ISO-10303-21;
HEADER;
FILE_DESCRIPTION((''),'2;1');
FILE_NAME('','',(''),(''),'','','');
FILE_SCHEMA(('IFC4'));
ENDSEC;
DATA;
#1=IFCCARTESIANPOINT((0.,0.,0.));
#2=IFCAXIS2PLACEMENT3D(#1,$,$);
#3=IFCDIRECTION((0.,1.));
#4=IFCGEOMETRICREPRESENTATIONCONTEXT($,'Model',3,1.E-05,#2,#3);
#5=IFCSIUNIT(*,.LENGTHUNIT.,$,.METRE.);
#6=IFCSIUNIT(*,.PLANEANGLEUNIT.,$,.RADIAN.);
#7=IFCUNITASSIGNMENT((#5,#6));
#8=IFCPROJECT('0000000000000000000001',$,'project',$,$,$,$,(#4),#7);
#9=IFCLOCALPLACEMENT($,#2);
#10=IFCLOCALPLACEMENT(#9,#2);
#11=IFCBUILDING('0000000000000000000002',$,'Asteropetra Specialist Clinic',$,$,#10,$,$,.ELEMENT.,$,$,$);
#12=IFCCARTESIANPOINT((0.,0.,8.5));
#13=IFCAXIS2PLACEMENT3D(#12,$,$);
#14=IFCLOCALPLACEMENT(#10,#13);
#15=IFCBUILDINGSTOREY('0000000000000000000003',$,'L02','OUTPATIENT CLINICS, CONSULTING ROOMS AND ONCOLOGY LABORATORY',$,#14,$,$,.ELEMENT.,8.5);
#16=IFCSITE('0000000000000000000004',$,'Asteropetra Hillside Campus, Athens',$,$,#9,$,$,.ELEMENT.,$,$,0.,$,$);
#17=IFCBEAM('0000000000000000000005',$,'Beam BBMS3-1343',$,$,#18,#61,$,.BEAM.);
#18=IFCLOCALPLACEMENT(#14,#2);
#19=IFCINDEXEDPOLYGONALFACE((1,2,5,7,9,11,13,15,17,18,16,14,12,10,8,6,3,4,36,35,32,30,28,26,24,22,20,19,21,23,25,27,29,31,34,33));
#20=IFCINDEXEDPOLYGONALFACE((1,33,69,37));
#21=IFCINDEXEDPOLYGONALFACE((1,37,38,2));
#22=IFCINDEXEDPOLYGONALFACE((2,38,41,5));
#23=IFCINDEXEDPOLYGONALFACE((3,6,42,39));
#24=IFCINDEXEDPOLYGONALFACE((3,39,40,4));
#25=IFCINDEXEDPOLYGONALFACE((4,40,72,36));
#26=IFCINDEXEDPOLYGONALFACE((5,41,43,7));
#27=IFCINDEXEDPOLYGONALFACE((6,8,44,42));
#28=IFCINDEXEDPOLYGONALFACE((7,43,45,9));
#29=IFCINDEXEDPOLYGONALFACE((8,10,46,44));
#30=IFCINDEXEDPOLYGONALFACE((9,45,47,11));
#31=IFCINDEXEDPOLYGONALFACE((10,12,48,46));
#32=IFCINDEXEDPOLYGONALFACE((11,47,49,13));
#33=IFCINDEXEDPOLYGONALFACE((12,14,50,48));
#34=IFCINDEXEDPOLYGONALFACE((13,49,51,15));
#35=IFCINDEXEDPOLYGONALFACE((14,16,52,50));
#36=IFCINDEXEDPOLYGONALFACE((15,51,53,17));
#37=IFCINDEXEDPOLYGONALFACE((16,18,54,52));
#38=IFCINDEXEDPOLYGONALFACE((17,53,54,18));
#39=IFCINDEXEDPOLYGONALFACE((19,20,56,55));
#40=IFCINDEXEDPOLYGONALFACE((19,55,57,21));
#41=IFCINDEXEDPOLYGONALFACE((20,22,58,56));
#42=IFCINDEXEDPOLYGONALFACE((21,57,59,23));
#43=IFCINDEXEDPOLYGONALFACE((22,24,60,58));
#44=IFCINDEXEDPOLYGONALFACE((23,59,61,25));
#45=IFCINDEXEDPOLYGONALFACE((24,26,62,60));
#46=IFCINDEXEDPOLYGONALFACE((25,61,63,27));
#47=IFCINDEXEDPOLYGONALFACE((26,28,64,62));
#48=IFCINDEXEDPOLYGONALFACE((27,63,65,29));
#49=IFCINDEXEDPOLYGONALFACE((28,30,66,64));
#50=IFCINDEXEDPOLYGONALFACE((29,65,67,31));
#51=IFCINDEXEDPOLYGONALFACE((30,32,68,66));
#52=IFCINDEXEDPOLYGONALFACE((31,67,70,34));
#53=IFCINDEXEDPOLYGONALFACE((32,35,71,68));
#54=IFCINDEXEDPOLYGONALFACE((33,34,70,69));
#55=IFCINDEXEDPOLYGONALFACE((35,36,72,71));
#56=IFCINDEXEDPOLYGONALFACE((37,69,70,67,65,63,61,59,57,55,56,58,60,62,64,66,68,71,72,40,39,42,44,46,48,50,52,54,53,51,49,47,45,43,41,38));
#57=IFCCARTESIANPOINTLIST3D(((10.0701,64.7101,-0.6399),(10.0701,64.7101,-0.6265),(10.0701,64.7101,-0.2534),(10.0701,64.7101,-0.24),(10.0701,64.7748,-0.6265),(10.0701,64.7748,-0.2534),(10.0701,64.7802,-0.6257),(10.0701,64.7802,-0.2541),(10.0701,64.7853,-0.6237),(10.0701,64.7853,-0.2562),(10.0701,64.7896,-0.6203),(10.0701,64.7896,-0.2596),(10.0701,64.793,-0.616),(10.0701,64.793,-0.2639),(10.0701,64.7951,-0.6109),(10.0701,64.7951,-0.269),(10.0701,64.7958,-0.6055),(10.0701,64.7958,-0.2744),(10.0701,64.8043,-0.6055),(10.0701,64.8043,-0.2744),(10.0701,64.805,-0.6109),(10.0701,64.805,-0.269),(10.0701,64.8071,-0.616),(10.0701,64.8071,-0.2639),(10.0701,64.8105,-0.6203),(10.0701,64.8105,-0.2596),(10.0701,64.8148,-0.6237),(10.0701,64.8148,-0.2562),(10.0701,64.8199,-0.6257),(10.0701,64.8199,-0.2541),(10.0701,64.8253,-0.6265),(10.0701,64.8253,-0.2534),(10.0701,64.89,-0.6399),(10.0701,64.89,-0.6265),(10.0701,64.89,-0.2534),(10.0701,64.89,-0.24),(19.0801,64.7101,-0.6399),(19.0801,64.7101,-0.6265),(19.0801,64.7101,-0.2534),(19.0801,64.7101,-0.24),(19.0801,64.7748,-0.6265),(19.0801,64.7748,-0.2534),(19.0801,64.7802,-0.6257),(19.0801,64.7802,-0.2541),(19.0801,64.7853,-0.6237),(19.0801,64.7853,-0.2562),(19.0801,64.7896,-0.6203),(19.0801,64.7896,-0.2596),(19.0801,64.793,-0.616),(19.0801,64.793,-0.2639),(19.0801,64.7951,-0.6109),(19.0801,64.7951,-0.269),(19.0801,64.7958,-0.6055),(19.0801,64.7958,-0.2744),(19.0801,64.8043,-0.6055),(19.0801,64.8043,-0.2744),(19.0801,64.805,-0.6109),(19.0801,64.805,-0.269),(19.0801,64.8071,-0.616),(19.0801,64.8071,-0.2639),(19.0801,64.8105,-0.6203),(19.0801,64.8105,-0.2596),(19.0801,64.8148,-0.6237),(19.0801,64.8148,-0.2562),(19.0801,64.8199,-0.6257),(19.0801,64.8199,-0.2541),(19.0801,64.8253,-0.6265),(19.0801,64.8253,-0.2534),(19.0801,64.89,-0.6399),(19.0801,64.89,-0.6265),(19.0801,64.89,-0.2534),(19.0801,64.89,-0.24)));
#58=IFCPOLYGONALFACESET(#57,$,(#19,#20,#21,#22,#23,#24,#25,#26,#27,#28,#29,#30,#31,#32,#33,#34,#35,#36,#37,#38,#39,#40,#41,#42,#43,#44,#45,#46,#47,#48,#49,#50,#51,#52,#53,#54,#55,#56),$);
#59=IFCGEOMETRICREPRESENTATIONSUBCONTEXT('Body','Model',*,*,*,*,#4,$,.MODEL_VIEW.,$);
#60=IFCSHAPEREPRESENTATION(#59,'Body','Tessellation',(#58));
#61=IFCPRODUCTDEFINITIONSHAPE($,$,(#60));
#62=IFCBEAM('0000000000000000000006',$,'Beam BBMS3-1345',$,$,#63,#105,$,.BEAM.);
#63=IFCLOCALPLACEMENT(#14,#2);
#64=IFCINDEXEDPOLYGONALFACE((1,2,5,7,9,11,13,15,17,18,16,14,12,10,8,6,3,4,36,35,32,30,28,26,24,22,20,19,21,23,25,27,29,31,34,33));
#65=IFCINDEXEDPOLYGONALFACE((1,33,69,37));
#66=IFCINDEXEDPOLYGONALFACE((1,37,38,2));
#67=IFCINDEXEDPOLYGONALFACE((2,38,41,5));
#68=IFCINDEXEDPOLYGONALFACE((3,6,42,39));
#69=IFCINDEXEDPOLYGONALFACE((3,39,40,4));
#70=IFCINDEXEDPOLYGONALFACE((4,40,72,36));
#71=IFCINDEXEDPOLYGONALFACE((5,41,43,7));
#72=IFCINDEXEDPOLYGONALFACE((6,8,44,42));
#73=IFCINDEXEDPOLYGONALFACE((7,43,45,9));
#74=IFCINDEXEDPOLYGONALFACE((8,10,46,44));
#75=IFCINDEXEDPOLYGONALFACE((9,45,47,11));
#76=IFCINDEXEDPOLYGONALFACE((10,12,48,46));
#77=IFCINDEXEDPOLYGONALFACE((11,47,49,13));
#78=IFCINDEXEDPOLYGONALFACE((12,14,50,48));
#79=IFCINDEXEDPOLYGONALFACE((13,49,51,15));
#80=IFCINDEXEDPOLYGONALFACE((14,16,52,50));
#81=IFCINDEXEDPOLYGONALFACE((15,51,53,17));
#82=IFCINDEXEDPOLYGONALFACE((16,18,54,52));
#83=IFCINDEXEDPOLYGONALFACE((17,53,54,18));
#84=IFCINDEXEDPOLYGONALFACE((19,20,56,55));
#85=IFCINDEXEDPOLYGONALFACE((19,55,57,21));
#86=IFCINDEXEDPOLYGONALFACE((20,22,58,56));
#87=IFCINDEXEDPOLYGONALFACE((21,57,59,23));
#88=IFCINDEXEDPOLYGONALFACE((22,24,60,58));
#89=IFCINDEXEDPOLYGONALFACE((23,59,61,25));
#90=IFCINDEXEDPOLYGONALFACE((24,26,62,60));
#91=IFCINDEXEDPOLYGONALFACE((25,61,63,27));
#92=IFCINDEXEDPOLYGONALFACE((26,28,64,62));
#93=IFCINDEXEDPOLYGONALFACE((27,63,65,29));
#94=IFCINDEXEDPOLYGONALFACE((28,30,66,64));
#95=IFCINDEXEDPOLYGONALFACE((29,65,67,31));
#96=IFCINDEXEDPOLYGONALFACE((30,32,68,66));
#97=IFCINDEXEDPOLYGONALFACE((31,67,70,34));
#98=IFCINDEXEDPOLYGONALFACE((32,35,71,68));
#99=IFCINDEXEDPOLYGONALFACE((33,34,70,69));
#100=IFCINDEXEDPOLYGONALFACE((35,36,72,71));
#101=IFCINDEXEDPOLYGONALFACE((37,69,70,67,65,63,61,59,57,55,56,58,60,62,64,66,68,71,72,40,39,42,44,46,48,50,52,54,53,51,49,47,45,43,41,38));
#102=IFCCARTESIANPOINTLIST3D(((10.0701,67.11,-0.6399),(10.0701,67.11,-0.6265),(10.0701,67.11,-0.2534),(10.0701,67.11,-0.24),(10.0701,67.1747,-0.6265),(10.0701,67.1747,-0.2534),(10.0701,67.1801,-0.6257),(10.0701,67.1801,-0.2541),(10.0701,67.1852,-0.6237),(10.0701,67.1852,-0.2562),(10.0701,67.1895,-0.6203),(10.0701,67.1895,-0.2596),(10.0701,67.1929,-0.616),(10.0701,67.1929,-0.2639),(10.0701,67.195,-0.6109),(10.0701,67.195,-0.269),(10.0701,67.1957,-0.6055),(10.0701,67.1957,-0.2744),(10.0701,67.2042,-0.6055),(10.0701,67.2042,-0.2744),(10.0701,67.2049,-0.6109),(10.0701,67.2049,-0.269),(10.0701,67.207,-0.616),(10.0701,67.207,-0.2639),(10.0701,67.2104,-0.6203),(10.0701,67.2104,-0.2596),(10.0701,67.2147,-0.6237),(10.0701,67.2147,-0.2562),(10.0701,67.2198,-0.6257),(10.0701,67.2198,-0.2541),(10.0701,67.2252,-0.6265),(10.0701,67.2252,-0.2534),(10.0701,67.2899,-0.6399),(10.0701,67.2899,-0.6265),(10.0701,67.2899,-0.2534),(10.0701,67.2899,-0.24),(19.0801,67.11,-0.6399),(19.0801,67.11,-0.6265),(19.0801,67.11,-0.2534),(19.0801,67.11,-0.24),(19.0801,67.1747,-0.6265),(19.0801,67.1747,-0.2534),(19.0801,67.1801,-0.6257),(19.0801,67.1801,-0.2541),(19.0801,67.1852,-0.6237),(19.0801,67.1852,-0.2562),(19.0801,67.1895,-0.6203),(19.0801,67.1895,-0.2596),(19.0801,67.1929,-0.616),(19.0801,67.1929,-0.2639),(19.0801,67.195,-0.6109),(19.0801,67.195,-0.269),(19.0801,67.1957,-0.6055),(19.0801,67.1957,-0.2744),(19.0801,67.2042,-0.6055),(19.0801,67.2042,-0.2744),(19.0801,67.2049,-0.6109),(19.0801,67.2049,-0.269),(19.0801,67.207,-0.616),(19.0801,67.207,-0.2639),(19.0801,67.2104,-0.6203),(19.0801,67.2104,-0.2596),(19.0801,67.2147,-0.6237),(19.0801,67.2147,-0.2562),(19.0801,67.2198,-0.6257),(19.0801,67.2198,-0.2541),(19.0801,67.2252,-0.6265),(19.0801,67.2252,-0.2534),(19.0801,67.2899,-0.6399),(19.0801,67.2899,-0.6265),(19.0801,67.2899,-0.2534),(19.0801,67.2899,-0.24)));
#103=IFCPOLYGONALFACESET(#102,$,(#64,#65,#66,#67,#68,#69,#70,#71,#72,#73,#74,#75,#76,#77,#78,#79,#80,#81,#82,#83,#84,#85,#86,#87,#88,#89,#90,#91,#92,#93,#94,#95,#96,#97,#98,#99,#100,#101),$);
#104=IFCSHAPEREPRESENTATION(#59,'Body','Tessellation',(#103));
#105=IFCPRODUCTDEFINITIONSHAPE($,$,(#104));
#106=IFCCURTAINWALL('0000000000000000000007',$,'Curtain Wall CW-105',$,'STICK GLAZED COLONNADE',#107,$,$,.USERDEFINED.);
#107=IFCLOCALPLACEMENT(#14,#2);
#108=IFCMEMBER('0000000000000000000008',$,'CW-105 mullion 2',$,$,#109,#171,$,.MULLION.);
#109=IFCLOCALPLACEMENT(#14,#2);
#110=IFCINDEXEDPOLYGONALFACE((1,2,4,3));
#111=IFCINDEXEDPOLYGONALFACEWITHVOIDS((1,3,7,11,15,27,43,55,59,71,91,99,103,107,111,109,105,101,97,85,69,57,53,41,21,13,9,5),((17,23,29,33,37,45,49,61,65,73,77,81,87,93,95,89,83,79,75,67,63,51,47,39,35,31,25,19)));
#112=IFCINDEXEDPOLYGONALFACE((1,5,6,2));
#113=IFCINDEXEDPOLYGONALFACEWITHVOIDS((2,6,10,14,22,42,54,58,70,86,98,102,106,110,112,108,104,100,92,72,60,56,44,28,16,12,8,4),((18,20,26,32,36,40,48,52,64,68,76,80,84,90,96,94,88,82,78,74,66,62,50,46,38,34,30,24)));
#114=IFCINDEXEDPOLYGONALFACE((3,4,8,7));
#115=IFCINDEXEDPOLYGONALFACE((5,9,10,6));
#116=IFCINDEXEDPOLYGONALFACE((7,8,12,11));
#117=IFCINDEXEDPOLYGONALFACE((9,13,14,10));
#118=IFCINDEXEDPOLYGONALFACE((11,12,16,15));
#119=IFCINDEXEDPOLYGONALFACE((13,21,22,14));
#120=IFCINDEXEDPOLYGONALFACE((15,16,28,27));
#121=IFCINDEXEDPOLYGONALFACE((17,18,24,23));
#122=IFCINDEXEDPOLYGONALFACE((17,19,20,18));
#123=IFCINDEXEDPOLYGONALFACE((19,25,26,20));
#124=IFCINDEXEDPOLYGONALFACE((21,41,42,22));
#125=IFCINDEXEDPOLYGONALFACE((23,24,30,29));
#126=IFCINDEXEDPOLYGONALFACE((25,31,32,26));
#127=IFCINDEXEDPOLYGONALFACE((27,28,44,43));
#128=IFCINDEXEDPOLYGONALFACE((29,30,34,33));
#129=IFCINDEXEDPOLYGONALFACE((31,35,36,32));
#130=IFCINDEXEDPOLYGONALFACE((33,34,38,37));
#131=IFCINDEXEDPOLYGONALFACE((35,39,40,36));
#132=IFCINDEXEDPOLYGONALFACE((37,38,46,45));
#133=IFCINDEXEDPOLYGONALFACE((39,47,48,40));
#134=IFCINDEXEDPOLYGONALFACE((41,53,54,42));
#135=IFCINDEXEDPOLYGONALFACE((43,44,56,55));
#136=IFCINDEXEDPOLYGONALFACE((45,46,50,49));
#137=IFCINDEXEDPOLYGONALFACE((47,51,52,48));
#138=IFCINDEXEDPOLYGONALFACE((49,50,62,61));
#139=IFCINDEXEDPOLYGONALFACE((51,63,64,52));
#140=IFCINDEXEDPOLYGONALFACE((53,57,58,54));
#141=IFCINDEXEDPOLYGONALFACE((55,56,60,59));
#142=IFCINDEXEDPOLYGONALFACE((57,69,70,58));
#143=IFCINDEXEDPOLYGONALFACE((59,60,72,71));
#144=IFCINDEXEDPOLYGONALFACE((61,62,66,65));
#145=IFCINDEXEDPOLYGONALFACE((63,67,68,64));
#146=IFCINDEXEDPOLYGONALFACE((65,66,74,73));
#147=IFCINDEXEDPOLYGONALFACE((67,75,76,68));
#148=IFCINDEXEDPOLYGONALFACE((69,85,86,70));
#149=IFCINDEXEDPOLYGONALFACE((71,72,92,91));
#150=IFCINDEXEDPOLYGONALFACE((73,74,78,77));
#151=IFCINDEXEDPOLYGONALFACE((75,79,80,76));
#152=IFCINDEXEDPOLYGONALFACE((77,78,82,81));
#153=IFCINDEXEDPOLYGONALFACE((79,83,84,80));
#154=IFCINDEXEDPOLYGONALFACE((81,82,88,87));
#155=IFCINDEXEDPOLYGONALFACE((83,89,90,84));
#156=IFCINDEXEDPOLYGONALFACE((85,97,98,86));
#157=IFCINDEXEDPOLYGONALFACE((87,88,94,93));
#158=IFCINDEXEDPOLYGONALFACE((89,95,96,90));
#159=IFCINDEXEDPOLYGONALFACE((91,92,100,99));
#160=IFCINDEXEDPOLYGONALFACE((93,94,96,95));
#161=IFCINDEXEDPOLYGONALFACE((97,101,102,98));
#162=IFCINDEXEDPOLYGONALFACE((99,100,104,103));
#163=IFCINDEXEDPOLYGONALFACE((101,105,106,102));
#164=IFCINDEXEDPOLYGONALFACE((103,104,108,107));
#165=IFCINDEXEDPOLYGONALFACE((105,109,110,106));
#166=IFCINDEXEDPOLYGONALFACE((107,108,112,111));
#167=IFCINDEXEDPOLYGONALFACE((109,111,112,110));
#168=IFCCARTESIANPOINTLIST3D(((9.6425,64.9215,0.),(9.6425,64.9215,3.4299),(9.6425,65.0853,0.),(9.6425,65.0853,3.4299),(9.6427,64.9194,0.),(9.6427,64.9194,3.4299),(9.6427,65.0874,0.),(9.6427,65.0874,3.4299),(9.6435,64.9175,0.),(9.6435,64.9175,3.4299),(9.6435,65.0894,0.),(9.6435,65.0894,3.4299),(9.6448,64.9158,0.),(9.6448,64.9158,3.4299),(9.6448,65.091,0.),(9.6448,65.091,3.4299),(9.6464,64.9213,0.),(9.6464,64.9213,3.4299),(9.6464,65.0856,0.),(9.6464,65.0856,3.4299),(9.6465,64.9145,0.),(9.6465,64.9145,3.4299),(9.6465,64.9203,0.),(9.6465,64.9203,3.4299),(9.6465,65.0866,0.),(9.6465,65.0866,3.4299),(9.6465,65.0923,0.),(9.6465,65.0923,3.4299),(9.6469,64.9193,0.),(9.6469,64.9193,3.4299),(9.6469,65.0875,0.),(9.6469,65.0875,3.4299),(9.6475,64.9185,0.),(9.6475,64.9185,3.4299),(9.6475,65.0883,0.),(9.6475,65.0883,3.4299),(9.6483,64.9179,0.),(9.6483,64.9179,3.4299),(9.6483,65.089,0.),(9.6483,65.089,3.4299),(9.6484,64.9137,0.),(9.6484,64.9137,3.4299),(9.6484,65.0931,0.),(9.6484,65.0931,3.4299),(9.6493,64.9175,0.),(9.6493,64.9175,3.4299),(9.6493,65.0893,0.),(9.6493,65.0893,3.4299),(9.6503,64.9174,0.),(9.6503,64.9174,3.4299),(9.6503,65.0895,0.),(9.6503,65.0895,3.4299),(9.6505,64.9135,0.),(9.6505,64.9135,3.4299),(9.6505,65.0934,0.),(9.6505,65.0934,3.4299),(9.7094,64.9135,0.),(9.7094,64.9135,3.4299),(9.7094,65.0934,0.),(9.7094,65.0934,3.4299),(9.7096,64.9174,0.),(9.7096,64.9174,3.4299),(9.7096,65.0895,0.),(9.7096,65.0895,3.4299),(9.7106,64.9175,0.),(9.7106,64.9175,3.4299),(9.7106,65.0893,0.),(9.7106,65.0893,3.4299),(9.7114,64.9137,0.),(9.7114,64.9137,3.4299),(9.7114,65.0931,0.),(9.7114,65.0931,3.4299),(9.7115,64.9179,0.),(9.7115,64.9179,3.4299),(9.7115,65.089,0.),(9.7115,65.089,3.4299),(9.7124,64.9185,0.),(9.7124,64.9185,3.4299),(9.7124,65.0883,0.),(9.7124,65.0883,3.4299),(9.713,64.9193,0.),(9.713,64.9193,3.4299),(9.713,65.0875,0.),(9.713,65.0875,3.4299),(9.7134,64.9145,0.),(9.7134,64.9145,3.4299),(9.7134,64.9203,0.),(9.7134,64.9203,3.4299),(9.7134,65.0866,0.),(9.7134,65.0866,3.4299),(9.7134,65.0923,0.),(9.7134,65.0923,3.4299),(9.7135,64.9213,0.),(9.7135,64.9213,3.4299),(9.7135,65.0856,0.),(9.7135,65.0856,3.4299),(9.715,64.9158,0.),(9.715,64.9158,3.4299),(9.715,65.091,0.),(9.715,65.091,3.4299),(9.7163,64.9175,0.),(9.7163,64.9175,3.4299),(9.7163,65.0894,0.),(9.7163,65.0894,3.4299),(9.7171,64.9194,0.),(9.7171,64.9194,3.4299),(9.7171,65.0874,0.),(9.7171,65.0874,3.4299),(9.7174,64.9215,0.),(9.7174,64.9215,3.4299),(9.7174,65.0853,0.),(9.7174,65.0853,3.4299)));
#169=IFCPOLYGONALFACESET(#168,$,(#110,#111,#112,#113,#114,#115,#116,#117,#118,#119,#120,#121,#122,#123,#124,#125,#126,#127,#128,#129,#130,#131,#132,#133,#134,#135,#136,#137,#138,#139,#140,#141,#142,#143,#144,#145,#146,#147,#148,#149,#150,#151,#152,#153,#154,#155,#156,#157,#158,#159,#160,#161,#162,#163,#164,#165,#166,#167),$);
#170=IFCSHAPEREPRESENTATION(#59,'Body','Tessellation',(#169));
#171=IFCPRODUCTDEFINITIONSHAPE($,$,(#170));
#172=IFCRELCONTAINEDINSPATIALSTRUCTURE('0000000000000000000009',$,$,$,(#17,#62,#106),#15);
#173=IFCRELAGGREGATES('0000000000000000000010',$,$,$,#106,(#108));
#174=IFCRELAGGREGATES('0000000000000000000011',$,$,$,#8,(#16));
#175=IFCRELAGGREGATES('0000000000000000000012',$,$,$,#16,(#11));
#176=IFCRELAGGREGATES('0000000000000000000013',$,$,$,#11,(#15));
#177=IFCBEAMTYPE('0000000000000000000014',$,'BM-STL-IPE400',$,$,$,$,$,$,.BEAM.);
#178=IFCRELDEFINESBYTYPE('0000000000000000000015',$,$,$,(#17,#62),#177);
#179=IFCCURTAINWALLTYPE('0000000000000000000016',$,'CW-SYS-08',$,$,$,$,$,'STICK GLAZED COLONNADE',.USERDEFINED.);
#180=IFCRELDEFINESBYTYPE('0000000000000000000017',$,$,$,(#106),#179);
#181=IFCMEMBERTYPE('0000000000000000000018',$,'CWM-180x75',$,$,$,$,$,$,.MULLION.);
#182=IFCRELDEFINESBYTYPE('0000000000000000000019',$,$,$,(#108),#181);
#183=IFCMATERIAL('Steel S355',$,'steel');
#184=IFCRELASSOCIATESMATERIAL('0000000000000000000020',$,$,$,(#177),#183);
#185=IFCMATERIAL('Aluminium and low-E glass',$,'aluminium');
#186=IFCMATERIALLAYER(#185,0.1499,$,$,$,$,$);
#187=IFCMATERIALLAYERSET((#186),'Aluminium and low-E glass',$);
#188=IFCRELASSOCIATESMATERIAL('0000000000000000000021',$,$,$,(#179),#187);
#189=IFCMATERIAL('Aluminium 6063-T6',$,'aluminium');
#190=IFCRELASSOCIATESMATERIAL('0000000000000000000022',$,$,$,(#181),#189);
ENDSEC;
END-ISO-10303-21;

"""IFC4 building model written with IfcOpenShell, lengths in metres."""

from ifc_helpers import new_model, si_unit, direction, frame, origin, origin_2d, place, context, subcontext, project, spatial, hollow_rectangle, i_section, extrude, material, layer, layer_set, material_profile, profile_set, type_object, element, aggregate, save


model = new_model("IFC4")

# Units and contexts
model_context = context("Model", 3, precision=1e-05, world=origin(), true_north=direction((0.0, 1.0)))
body_context = subcontext(model_context, "Body", "Model", "MODEL_VIEW")
ifc_project = project(units=[si_unit("LENGTHUNIT", "METRE"), si_unit("PLANEANGLEUNIT", "RADIAN")], contexts=[model_context])

# Site, building, storey
site_placement = place(None, origin())
site = spatial("IfcSite", under=ifc_project, at=site_placement, Name="Asteropetra Hillside Campus, Athens", CompositionType="ELEMENT", RefElevation=0.0)
building_placement = place(site_placement, origin())
building = spatial("IfcBuilding", under=site, at=building_placement, Name="Asteropetra Specialist Clinic", CompositionType="ELEMENT")
storey_placement = place(building_placement, frame((0.0, 0.0, 8.5)))
storey = spatial("IfcBuildingStorey", under=building, at=storey_placement, Name="L02", Description="OUTPATIENT CLINICS, CONSULTING ROOMS AND ONCOLOGY LABORATORY", CompositionType="ELEMENT", Elevation=8.5)

# Beams
ifc_material_1 = material(Name="Steel S355", Category="steel")
ifc_material_profile_1 = material_profile(ifc_material_1, i_section(OverallWidth=0.1799, OverallDepth=0.3999, WebThickness=0.0085, FlangeThickness=0.0134, FilletRadius=0.021, at=origin_2d()), Name="IPE 400")
ifc_profile_set_1 = profile_set([ifc_material_profile_1], Name="Steel S355")
beam_type_1 = type_object("IfcBeamType", Name="BM-STL-IPE400", PredefinedType="BEAM", material=ifc_profile_set_1)
for number, where, z_axis, x_axis, name in (
    (1, (10.0701, 64.8, -0.4399), (1.0, 0.0, 0.0), (0.0, 1.0, 0.0), "Beam BBMS3-1343"),
    (2, (10.0701, 67.2, -0.4399), (1.0, 0.0, 0.0), (0.0, 1.0, 0.0), "Beam BBMS3-1345"),
):
    element("IfcBeam", number, at=place(storey_placement, frame(where, z_axis=z_axis, x_axis=x_axis)), inside=storey, type_object=beam_type_1, Name=name, PredefinedType="BEAM", context=body_context, shape_type="SweptSolid", body=[
        extrude(i_section(OverallWidth=0.1799, OverallDepth=0.3999, WebThickness=0.0085, FlangeThickness=0.0134, FilletRadius=0.021, at=origin_2d()), origin(), (0.0, 0.0, 1.0), 9.01),
    ])

# Curtain wall, member
ifc_material_2 = material(Name="Aluminium and low-E glass", Category="aluminium")
ifc_layer_1 = layer(ifc_material_2, 0.1499)
ifc_layer_set_1 = layer_set([ifc_layer_1], Name="Aluminium and low-E glass")
curtain_wall_type = type_object("IfcCurtainWallType", Name="CW-SYS-08", ElementType="STICK GLAZED COLONNADE", PredefinedType="USERDEFINED", material=ifc_layer_set_1)
curtain_wall_placement = place(storey_placement, origin())
curtain_wall = element("IfcCurtainWall", 3, at=curtain_wall_placement, inside=storey, type_object=curtain_wall_type, Name="Curtain Wall CW-105", ObjectType="STICK GLAZED COLONNADE", PredefinedType="USERDEFINED")
ifc_material_3 = material(Name="Aluminium 6063-T6", Category="aluminium")
ifc_material_profile_2 = material_profile(ifc_material_3, hollow_rectangle(XDim=0.075, YDim=0.1799, WallThickness=0.0039, InnerFilletRadius=0.0039, OuterFilletRadius=0.0081, at=origin_2d()), Name="MUL 180x75x4.0")
ifc_profile_set_2 = profile_set([ifc_material_profile_2], Name="Aluminium 6063-T6")
member_type_1 = type_object("IfcMemberType", Name="CWM-180x75", PredefinedType="MULLION", material=ifc_profile_set_2)
member_1_placement = place(storey_placement, frame((9.6799, 65.0034, 0.0), z_axis=(0.0, 0.0, 1.0), x_axis=(-1.0, 0.0, 0.0)))
member_1 = element("IfcMember", 4, at=member_1_placement, type_object=member_type_1, Name="CW-105 mullion 2", PredefinedType="MULLION", context=body_context, shape_type="SweptSolid", body=[
    extrude(hollow_rectangle(XDim=0.075, YDim=0.1799, WallThickness=0.0039, InnerFilletRadius=0.0039, OuterFilletRadius=0.0081, at=origin_2d()), origin(), (0.0, 0.0, 1.0), 3.4299),
])

aggregate(curtain_wall, [member_1])

save(model, "model.ifc")
